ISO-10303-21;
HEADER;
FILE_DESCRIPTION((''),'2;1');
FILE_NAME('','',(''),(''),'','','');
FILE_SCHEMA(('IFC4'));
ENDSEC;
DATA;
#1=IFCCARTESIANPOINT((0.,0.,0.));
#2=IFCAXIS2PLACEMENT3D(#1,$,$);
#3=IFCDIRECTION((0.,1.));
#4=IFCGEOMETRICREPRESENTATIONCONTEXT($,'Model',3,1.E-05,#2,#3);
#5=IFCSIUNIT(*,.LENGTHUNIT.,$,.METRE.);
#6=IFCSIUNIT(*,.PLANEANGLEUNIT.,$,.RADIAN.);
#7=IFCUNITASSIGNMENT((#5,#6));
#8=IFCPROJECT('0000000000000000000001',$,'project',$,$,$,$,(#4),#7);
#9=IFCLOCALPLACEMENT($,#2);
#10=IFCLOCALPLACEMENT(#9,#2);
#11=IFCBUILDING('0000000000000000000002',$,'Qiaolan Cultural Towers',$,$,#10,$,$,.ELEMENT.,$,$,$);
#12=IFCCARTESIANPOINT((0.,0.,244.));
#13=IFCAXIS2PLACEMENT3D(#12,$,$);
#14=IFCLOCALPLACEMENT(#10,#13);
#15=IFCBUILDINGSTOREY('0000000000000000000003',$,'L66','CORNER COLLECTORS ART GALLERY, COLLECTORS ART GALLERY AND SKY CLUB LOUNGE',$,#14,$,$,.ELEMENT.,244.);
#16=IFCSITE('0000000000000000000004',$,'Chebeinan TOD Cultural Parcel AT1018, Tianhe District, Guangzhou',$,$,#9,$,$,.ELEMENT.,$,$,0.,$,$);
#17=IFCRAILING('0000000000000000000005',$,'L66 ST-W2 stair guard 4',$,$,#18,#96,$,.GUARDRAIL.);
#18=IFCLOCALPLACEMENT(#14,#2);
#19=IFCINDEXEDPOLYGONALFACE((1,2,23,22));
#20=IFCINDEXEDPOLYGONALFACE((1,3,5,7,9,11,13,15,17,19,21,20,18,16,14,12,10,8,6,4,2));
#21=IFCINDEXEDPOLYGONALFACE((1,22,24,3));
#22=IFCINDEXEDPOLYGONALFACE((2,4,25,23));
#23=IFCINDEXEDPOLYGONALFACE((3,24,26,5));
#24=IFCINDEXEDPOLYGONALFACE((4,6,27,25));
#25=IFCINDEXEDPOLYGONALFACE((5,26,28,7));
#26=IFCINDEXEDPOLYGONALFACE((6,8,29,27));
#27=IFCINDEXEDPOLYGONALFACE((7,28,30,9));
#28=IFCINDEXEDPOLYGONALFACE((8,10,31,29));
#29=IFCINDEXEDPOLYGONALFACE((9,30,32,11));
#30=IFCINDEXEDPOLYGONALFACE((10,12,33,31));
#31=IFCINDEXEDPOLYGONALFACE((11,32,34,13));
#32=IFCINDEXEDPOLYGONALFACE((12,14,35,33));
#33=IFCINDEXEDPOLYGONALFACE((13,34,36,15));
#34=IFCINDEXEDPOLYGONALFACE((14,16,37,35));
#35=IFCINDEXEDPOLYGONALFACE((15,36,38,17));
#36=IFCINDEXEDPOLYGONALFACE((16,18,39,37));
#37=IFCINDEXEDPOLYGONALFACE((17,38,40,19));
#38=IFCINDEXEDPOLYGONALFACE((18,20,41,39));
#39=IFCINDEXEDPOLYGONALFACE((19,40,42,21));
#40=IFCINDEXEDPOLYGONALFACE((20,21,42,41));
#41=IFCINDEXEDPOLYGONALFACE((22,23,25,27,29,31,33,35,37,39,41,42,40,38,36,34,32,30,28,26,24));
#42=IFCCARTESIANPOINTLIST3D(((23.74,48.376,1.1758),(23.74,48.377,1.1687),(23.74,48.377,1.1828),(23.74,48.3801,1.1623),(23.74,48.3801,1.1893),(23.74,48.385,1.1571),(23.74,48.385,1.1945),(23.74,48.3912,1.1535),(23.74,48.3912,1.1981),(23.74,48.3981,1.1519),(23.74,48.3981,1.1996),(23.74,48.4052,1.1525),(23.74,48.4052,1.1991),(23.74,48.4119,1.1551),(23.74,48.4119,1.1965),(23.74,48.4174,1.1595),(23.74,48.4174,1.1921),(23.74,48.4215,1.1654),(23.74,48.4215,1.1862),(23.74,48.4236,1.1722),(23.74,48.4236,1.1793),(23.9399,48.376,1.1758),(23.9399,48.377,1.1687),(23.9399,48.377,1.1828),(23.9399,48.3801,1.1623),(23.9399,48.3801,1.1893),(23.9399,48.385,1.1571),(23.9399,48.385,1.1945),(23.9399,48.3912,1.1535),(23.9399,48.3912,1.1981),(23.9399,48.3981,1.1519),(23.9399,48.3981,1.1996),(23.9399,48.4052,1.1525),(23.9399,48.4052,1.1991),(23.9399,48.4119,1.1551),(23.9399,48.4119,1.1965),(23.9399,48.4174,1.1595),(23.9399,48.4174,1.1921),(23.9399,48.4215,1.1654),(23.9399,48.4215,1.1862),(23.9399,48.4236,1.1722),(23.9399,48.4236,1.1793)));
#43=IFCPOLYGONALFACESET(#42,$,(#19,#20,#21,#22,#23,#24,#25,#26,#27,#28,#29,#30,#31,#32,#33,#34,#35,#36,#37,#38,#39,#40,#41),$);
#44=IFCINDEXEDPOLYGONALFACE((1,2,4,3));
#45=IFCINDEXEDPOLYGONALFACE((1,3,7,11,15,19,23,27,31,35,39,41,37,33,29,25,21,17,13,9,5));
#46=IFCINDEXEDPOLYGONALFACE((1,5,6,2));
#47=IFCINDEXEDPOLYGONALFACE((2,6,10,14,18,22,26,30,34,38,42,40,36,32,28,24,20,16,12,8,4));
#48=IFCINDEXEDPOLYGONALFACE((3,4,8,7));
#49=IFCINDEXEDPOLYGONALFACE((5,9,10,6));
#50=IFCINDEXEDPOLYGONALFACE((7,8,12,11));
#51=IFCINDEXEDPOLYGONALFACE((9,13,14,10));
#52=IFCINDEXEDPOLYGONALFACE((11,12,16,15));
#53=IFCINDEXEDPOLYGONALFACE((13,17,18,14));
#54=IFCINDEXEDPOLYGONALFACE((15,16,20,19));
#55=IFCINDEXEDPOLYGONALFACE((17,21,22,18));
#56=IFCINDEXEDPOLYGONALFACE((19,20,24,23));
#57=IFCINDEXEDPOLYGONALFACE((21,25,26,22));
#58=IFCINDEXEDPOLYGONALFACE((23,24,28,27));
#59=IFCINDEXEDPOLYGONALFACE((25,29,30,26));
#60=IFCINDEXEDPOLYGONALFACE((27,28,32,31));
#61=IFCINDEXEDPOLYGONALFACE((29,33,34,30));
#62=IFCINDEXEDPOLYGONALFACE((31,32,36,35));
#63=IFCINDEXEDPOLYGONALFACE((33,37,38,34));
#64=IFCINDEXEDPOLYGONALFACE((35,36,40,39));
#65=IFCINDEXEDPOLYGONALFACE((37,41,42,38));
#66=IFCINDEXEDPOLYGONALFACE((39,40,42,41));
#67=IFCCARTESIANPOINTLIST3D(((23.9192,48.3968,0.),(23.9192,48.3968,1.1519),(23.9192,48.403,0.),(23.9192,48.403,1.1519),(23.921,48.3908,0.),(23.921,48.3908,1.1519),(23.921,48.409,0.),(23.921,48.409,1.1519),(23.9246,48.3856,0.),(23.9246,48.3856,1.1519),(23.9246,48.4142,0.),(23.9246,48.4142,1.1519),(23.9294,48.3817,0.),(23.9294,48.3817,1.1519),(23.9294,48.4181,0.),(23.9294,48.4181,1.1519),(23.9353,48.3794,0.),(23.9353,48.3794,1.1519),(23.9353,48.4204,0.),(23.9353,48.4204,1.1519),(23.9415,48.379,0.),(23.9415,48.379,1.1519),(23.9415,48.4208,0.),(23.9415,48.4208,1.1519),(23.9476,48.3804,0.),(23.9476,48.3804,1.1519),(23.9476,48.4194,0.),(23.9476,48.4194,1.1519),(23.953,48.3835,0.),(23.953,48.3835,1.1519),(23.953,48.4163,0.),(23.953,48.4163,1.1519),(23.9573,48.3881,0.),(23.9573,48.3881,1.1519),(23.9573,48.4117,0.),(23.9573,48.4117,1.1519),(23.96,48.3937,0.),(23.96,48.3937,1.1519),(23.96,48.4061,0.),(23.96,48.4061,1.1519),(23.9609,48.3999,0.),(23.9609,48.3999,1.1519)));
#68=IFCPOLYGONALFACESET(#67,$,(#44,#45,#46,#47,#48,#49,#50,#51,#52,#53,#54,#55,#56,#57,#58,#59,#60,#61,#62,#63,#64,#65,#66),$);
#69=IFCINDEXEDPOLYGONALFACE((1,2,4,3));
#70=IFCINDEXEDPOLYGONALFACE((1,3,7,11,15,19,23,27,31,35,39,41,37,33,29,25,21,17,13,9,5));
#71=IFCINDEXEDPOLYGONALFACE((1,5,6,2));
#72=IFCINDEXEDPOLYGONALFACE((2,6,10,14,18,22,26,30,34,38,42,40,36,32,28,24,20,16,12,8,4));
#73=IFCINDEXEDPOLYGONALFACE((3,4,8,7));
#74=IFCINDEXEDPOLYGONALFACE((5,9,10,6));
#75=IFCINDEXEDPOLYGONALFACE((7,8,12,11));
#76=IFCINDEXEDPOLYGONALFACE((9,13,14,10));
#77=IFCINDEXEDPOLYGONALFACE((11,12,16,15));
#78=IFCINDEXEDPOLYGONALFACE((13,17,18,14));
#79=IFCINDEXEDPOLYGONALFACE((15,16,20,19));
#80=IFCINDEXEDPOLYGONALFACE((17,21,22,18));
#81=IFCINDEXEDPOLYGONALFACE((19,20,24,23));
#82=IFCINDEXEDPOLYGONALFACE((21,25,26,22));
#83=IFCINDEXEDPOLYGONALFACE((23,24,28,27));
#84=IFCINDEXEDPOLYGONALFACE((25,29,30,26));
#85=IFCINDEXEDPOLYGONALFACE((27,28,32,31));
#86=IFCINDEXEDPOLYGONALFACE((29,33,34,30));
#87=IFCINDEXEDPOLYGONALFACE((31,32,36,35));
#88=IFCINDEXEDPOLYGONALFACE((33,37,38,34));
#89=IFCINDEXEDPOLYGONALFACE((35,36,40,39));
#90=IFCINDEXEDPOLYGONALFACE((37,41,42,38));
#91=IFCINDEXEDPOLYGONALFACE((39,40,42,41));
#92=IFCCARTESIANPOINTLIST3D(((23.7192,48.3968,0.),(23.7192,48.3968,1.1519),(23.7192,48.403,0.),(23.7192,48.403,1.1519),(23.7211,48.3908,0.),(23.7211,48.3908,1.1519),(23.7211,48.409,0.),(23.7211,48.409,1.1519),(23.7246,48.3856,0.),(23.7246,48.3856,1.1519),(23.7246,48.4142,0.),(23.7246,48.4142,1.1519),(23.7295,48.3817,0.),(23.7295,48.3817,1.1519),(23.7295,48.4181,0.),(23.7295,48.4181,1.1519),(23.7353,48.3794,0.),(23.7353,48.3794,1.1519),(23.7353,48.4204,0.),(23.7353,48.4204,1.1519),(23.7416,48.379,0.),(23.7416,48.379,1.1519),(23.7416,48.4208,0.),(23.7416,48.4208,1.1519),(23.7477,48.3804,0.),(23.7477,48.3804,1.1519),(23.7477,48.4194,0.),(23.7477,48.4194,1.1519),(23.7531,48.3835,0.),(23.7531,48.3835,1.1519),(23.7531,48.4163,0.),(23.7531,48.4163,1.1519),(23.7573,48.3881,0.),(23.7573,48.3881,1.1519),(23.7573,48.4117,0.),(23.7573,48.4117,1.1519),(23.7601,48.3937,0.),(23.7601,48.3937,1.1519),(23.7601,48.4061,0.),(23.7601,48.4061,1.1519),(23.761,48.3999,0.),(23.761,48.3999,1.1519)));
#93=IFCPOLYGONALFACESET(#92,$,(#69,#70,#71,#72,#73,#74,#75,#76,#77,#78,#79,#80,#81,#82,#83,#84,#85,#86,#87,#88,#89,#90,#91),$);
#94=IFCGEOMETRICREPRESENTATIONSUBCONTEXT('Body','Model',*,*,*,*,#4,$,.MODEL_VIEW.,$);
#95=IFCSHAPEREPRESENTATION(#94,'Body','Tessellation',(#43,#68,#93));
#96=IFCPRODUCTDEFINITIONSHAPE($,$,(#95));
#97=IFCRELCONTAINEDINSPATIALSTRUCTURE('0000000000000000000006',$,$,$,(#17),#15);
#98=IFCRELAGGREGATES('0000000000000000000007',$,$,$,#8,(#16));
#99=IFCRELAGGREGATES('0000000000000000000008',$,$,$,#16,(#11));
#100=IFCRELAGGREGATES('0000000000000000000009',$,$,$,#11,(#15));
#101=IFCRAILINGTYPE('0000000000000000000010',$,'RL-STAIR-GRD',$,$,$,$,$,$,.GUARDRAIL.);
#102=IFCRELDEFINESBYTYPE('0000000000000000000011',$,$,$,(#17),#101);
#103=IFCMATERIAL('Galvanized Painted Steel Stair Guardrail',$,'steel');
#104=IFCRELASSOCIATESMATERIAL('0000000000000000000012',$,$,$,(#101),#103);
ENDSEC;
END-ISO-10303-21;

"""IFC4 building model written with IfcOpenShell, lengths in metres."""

from ifc_helpers import new_model, si_unit, direction, frame, origin, origin_2d, place, context, subcontext, project, spatial, circle, extrude, material, type_object, element, save


model = new_model("IFC4")

# Units and contexts
model_context = context("Model", 3, precision=1e-05, world=origin(), true_north=direction((0.0, 1.0)))
body_context = subcontext(model_context, "Body", "Model", "MODEL_VIEW")
ifc_project = project(units=[si_unit("LENGTHUNIT", "METRE"), si_unit("PLANEANGLEUNIT", "RADIAN")], contexts=[model_context])

# Site, building, storey
site_placement = place(None, origin())
site = spatial("IfcSite", under=ifc_project, at=site_placement, Name="Chebeinan TOD Cultural Parcel AT1018, Tianhe District, Guangzhou", CompositionType="ELEMENT", RefElevation=0.0)
building_placement = place(site_placement, origin())
building = spatial("IfcBuilding", under=site, at=building_placement, Name="Qiaolan Cultural Towers", CompositionType="ELEMENT")
storey_placement = place(building_placement, frame((0.0, 0.0, 244.0)))
storey = spatial("IfcBuildingStorey", under=building, at=storey_placement, Name="L66", Description="CORNER COLLECTORS ART GALLERY, COLLECTORS ART GALLERY AND SKY CLUB LOUNGE", CompositionType="ELEMENT", Elevation=244.0)

# Railing
ifc_material_1 = material(Name="Galvanized Painted Steel Stair Guardrail", Category="steel")
railing_type_1 = type_object("IfcRailingType", Name="RL-STAIR-GRD", PredefinedType="GUARDRAIL", material=ifc_material_1)
railing_1_placement = place(storey_placement, frame((23.9399, 48.3999, 0.0)))
element("IfcRailing", 1, at=railing_1_placement, inside=storey, type_object=railing_type_1, Name="L66 ST-W2 stair guard 4", PredefinedType="GUARDRAIL", context=body_context, shape_type="SweptSolid", body=[
    extrude(circle(Radius=0.0239, at=origin_2d()), frame((0.0, 0.0, 1.1758), z_axis=(-1.0, 0.0, 0.0), x_axis=(0.0, -1.0, 0.0)), (0.0, 0.0, 1.0), 0.2),
    extrude(circle(Radius=0.021, at=origin_2d()), origin(), (0.0, 0.0, 1.0), 1.1519),
    extrude(circle(Radius=0.021, at=origin_2d()), frame((-0.2, 0.0, 0.0)), (0.0, 0.0, 1.0), 1.1519),
])

save(model, "model.ifc")
